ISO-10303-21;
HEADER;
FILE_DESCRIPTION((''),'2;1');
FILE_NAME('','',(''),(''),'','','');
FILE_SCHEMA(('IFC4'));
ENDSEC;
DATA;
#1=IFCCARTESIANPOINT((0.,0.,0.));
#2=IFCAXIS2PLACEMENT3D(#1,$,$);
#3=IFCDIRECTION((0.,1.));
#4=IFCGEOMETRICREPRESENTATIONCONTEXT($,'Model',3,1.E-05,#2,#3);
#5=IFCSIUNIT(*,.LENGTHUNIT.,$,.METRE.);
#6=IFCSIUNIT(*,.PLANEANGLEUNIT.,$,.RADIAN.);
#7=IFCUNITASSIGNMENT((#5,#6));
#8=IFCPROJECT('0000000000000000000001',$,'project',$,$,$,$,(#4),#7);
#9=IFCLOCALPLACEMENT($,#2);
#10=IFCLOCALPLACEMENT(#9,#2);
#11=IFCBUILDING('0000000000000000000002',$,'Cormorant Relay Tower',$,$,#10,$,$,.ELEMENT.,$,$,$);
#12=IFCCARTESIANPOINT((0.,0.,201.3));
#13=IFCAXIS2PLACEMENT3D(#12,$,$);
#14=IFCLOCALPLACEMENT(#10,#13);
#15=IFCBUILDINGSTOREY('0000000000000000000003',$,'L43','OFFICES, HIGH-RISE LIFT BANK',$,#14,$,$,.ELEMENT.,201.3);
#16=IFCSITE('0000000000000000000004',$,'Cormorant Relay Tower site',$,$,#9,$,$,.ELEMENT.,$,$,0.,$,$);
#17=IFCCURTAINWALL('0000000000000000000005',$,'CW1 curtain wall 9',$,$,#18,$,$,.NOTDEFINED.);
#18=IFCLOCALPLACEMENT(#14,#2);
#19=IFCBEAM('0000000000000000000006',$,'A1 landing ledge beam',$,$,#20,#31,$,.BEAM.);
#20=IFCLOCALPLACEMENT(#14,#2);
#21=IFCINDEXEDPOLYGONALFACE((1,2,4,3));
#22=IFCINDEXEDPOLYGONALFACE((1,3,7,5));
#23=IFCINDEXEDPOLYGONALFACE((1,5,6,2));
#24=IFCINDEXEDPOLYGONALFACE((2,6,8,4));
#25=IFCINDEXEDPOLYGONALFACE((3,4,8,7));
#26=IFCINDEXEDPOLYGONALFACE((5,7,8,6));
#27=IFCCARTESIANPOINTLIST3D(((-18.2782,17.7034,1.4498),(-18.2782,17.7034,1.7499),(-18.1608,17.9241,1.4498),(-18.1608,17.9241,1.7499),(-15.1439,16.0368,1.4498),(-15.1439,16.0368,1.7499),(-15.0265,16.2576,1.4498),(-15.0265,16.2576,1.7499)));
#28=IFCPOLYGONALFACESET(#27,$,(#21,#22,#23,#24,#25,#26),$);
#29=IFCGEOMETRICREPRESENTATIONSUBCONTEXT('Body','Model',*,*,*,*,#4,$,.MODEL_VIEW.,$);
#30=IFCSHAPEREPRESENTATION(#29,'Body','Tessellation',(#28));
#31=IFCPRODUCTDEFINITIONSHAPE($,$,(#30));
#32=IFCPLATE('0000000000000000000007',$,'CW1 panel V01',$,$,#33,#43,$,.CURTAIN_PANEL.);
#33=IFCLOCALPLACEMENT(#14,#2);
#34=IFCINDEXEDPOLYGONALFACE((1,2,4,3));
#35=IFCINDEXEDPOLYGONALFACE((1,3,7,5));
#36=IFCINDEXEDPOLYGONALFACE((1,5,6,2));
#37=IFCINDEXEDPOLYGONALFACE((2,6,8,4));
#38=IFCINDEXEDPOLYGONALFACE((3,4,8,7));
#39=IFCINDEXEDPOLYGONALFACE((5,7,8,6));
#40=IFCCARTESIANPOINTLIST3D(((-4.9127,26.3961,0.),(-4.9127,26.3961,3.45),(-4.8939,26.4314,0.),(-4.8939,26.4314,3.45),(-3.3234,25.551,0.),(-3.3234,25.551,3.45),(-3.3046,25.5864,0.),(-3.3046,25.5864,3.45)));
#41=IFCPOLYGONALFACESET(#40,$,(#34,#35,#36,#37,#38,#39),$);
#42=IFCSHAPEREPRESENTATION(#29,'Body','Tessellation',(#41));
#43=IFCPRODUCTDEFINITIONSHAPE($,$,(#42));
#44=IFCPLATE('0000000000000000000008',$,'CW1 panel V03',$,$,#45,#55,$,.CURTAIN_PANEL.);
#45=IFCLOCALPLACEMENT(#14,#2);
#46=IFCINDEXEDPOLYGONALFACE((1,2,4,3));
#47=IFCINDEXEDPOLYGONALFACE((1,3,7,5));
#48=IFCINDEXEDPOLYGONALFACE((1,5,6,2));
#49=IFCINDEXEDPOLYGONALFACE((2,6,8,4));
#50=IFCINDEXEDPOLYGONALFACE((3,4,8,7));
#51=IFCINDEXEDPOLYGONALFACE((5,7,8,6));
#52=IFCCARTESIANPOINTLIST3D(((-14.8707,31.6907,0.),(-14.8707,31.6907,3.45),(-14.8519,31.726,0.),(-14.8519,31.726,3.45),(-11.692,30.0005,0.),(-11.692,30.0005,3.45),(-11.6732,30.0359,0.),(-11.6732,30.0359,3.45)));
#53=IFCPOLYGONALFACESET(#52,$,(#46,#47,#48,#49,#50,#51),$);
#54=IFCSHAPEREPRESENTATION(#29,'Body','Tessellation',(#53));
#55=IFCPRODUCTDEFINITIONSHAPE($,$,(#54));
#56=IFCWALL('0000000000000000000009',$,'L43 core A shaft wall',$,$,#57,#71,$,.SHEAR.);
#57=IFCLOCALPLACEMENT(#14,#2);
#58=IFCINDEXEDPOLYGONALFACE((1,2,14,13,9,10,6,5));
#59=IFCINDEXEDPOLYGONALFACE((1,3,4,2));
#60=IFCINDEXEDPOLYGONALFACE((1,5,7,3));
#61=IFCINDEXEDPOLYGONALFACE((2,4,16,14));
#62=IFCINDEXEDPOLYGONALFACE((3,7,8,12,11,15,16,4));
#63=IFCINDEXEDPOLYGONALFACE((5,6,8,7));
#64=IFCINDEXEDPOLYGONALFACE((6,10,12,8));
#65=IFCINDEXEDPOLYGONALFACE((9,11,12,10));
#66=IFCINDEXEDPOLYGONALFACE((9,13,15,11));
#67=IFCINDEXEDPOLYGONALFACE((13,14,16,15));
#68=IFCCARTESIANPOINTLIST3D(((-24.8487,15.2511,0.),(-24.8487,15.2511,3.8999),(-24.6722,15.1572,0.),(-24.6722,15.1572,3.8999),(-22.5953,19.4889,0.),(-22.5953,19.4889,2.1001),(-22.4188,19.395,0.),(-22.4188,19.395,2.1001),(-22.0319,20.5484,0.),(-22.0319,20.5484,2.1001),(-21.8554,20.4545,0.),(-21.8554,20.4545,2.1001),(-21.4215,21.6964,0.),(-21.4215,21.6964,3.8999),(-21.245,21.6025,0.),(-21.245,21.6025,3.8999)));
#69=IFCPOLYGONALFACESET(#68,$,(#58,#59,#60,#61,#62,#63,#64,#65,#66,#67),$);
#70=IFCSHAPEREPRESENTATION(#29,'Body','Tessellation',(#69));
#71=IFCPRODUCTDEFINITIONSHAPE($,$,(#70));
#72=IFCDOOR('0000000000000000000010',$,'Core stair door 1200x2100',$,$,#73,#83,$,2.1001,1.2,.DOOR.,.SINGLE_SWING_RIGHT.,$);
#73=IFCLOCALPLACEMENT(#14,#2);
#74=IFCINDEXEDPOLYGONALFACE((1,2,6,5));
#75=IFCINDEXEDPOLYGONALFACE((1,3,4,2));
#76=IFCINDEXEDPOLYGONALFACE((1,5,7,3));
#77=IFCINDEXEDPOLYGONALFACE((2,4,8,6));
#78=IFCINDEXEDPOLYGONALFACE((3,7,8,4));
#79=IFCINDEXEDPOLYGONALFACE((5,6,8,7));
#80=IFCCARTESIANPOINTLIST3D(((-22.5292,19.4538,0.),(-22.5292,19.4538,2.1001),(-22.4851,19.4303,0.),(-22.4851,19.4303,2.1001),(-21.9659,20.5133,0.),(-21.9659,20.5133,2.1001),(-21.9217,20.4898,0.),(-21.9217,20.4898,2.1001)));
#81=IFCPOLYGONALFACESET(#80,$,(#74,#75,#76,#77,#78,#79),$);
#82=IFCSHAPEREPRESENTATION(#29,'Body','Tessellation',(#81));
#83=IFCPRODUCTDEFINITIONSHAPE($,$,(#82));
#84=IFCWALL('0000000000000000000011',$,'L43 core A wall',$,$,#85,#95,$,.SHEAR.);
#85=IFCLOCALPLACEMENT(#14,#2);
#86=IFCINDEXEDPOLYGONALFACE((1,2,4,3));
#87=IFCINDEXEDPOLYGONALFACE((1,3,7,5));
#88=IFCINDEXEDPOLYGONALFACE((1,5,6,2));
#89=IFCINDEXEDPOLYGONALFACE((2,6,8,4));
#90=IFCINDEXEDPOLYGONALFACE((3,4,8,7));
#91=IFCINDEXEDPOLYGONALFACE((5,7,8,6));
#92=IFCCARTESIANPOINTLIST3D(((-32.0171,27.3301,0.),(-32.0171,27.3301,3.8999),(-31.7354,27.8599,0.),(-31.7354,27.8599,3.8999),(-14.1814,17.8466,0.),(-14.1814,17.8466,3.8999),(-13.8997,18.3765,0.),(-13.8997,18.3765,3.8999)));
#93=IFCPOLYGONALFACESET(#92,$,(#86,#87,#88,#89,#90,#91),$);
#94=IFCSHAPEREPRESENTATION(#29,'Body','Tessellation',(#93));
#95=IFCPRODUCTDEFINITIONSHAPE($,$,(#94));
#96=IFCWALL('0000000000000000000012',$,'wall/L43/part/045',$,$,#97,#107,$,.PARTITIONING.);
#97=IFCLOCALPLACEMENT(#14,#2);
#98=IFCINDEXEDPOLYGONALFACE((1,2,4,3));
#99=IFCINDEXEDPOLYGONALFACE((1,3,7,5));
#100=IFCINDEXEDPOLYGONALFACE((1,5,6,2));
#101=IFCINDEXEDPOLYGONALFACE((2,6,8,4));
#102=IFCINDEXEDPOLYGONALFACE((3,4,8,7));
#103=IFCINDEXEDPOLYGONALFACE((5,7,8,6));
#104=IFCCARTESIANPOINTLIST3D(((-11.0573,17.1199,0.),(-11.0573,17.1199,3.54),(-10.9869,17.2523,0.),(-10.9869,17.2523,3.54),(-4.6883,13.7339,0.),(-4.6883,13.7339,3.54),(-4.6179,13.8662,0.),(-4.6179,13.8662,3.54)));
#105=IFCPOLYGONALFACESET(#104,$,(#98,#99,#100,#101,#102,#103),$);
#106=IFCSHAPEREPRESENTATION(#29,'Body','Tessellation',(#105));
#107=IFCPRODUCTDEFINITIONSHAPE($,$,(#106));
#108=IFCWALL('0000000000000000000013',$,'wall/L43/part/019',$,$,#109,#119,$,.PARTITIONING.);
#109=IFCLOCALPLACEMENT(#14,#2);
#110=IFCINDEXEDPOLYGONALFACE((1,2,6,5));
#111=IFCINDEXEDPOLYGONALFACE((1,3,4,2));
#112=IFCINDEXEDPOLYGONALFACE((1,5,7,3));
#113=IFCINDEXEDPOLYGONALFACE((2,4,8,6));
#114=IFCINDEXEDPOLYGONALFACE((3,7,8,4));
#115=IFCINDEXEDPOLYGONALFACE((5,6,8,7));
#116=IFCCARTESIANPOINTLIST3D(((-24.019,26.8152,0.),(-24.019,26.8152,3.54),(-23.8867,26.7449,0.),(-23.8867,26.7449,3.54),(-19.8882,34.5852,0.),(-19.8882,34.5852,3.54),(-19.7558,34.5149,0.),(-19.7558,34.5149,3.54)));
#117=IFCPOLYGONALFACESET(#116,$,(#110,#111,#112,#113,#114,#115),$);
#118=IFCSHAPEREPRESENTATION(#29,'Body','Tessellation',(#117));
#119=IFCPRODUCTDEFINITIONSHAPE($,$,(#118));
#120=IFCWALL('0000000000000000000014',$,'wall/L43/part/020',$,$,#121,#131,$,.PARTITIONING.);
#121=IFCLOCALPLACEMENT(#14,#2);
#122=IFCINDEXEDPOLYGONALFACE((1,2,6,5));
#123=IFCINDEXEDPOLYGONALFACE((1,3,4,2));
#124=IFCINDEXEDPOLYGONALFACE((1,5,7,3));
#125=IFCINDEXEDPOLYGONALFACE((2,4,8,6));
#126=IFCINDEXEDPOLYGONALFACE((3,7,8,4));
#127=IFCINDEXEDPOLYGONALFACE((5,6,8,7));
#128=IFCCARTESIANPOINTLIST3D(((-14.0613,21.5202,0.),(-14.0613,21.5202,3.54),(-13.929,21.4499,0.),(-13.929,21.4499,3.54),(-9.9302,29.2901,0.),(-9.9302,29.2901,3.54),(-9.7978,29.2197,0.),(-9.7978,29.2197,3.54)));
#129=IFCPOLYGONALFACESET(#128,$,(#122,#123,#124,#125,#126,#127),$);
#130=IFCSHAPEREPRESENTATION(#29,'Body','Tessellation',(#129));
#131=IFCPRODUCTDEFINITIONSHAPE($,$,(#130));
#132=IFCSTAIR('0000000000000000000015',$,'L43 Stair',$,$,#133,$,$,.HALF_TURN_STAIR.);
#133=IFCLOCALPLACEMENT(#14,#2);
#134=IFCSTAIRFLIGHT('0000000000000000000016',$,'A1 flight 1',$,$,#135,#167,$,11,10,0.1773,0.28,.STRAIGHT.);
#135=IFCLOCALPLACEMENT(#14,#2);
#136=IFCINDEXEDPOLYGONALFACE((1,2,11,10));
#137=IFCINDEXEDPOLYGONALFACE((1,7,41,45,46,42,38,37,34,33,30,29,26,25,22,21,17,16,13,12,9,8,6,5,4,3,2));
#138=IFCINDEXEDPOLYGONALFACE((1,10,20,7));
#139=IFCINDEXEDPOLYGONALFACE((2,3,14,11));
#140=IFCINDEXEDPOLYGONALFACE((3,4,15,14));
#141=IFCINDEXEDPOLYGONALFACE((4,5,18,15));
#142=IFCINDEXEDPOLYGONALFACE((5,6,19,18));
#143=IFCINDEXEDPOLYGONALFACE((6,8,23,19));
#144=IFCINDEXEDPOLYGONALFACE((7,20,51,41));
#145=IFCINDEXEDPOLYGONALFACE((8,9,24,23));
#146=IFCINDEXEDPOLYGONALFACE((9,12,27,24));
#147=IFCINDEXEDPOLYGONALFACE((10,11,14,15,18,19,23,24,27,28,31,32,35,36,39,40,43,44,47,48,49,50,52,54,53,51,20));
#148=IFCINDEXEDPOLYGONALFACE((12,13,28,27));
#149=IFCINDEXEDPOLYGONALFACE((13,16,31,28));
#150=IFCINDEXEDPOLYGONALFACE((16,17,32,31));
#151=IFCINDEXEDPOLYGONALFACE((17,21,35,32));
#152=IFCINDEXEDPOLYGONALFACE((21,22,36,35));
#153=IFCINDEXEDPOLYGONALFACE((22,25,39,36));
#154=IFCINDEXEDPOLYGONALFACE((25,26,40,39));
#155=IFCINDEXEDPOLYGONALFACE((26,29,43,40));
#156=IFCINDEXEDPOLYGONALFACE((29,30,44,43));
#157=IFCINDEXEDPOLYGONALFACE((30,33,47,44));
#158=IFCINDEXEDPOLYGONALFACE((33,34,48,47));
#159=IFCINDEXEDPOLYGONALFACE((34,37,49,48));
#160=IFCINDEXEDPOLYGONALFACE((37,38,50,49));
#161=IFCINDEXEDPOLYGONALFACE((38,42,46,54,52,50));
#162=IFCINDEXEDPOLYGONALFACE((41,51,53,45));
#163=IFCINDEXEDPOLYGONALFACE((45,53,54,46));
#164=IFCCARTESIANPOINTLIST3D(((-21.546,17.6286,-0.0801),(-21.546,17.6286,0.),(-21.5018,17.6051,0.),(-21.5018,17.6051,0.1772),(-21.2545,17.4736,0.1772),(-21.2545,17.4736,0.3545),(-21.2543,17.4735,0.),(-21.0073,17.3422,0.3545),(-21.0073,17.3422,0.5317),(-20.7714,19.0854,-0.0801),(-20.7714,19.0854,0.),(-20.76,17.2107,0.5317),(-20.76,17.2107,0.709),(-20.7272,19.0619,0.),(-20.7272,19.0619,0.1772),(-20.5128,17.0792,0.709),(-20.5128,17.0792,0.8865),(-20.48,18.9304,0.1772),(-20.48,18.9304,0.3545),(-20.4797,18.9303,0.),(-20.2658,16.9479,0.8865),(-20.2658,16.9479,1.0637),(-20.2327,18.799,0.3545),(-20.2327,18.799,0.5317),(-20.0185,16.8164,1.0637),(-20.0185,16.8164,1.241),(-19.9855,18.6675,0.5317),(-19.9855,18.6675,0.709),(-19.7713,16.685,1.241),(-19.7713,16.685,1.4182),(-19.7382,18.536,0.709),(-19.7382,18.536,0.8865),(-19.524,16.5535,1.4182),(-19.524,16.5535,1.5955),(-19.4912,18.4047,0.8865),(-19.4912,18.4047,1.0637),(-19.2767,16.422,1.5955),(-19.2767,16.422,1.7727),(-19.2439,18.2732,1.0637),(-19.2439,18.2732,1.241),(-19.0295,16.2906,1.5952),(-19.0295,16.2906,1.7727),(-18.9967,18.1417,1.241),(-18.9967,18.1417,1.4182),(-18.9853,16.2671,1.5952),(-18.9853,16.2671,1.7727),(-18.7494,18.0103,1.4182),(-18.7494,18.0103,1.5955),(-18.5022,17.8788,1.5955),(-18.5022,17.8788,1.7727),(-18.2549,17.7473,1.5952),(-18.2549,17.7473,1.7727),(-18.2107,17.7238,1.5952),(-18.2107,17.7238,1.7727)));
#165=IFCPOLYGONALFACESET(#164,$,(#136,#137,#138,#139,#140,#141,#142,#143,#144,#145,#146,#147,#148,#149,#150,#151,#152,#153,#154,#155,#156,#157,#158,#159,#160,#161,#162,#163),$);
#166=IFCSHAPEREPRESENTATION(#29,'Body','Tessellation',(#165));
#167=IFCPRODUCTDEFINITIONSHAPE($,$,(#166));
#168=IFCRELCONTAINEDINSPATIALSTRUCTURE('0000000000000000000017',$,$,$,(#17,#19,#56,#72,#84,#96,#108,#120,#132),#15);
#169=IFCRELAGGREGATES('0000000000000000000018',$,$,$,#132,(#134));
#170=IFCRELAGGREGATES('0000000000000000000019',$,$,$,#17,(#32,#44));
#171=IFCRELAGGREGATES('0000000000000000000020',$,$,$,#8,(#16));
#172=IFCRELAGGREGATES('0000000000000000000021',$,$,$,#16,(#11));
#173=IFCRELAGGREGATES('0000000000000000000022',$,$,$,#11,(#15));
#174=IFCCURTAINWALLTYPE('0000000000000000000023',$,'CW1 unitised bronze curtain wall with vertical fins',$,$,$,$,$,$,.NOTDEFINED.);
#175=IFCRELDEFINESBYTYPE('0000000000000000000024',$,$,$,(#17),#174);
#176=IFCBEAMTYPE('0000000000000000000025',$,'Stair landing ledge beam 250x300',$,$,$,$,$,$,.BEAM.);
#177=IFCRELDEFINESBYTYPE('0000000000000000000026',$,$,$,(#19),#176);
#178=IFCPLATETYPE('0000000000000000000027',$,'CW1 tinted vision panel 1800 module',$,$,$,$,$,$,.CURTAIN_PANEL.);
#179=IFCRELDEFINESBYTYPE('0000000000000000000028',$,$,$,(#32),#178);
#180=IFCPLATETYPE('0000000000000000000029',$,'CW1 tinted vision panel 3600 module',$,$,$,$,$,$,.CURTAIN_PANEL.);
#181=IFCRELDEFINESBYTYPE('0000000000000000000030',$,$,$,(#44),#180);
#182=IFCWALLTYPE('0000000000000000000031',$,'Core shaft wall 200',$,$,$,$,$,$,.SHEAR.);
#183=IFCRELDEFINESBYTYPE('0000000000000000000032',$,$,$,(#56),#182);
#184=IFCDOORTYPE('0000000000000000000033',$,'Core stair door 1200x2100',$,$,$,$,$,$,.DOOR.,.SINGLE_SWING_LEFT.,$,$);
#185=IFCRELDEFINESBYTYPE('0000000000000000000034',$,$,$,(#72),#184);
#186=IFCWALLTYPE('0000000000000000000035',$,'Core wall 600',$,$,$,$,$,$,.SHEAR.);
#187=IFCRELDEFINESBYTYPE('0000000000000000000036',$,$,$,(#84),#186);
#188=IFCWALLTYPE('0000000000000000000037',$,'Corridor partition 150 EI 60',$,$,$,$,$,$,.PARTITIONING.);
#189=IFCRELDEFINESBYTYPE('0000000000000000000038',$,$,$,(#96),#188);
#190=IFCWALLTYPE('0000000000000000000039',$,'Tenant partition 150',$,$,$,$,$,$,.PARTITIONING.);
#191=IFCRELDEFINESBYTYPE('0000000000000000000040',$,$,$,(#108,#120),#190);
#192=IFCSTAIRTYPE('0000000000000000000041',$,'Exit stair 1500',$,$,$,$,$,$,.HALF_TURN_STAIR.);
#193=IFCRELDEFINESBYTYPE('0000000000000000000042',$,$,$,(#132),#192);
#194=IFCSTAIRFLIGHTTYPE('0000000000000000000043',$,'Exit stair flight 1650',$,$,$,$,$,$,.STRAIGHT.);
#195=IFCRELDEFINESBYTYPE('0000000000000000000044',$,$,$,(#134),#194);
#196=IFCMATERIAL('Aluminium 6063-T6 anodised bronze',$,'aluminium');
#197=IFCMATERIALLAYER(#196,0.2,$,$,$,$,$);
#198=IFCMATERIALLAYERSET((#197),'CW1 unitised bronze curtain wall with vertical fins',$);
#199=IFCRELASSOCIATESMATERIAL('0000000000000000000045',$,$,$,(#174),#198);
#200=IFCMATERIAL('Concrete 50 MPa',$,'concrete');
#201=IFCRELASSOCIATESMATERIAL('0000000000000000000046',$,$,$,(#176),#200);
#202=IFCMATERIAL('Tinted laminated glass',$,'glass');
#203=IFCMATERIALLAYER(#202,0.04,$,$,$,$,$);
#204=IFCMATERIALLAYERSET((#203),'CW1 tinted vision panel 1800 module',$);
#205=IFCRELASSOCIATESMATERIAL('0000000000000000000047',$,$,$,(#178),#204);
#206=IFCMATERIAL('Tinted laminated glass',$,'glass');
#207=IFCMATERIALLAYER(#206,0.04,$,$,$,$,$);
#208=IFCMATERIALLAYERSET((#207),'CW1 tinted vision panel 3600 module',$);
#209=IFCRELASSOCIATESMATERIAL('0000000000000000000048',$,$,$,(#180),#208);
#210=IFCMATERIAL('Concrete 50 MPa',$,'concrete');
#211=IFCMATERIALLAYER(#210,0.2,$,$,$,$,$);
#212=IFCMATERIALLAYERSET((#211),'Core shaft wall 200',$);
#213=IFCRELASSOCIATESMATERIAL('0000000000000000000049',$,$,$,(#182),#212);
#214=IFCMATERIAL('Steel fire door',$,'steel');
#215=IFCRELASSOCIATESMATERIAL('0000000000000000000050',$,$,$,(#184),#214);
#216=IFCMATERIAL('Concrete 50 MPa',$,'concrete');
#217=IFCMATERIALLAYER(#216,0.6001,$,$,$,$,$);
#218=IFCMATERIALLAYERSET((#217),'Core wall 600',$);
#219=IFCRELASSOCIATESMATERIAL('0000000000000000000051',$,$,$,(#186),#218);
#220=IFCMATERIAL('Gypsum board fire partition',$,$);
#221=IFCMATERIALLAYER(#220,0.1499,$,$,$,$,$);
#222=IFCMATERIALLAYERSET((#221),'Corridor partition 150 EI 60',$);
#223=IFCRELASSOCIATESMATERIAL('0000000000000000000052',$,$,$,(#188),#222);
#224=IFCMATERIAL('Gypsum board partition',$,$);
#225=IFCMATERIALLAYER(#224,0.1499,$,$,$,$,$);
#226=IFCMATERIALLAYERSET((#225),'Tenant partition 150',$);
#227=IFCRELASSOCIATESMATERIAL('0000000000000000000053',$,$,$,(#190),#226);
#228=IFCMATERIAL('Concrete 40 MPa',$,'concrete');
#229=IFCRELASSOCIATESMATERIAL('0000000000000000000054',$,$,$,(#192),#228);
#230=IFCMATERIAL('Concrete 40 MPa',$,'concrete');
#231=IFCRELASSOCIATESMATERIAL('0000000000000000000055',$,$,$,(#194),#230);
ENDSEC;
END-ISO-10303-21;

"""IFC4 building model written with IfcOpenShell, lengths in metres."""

from ifc_helpers import new_model, si_unit, direction, frame, frame_2d, origin, origin_2d, place, context, subcontext, project, spatial, polyline, rectangle, outline, extrude, material, layer, layer_set, material_profile, profile_set, type_object, element, fill, aggregate, save


model = new_model("IFC4")

# Units and contexts
model_context = context("Model", 3, precision=1e-05, world=origin(), true_north=direction((0.0, 1.0)))
body_context = subcontext(model_context, "Body", "Model", "MODEL_VIEW")
ifc_project = project(units=[si_unit("LENGTHUNIT", "METRE"), si_unit("PLANEANGLEUNIT", "RADIAN")], contexts=[model_context])

# Site, building, storey
site_placement = place(None, origin())
site = spatial("IfcSite", under=ifc_project, at=site_placement, Name="Cormorant Relay Tower site", CompositionType="ELEMENT", RefElevation=0.0)
building_placement = place(site_placement, origin())
building = spatial("IfcBuilding", under=site, at=building_placement, Name="Cormorant Relay Tower", CompositionType="ELEMENT")
storey_placement = place(building_placement, frame((0.0, 0.0, 201.3)))
storey = spatial("IfcBuildingStorey", under=building, at=storey_placement, Name="L43", Description="OFFICES, HIGH-RISE LIFT BANK", CompositionType="ELEMENT", Elevation=201.3)

# Curtain wall
ifc_material_1 = material(Name="Aluminium 6063-T6 anodised bronze", Category="aluminium")
ifc_layer_1 = layer(ifc_material_1, 0.2)
ifc_layer_set_1 = layer_set([ifc_layer_1], Name="CW1 unitised bronze curtain wall with vertical fins")
curtain_wall_type = type_object("IfcCurtainWallType", Name="CW1 unitised bronze curtain wall with vertical fins", PredefinedType="NOTDEFINED", material=ifc_layer_set_1)
curtain_wall_placement = place(storey_placement, origin())
curtain_wall = element("IfcCurtainWall", 1, at=curtain_wall_placement, inside=storey, type_object=curtain_wall_type, Name="CW1 curtain wall 9", PredefinedType="NOTDEFINED")

# Beam
ifc_material_2 = material(Name="Concrete 50 MPa", Category="concrete")
ifc_material_profile_1 = material_profile(ifc_material_2, rectangle(XDim=0.25, YDim=0.3, at=origin_2d()), Name="RC 250x300")
ifc_profile_set_1 = profile_set([ifc_material_profile_1], Name="Concrete 50 MPa")
beam_type_1 = type_object("IfcBeamType", Name="Stair landing ledge beam 250x300", PredefinedType="BEAM", material=ifc_profile_set_1)
beam_1_placement = place(storey_placement, frame((-18.2195, 17.8137, 1.5999), z_axis=(0.88295, -0.469467, 0.0), x_axis=(0.469467, 0.88295, 0.0)))
element("IfcBeam", 2, at=beam_1_placement, inside=storey, type_object=beam_type_1, Name="A1 landing ledge beam", PredefinedType="BEAM", context=body_context, shape_type="SweptSolid", body=[
    extrude(rectangle(XDim=0.25, YDim=0.3, at=origin_2d()), origin(), (0.0, 0.0, 1.0), 3.5498),
])

# Plates
ifc_material_3 = material(Name="Tinted laminated glass", Category="glass")
ifc_layer_2 = layer(ifc_material_3, 0.04)
ifc_layer_set_2 = layer_set([ifc_layer_2], Name="CW1 tinted vision panel 1800 module")
plate_type_1 = type_object("IfcPlateType", Name="CW1 tinted vision panel 1800 module", PredefinedType="CURTAIN_PANEL", material=ifc_layer_set_2)
plate_1_placement = place(storey_placement, frame((-4.1086, 25.9912, 0.0), z_axis=(0.0, 0.0, 1.0), x_axis=(-0.882948, 0.469472, 0.0)))
plate_1 = element("IfcPlate", 3, at=plate_1_placement, type_object=plate_type_1, Name="CW1 panel V01", PredefinedType="CURTAIN_PANEL", context=body_context, shape_type="SweptSolid", body=[
    extrude(rectangle(XDim=1.8, YDim=0.04, at=origin_2d()), origin(), (0.0, 0.0, 1.0), 3.45),
])
ifc_material_4 = material(Name="Tinted laminated glass", Category="glass")
ifc_layer_3 = layer(ifc_material_4, 0.04)
ifc_layer_set_3 = layer_set([ifc_layer_3], Name="CW1 tinted vision panel 3600 module")
plate_type_2 = type_object("IfcPlateType", Name="CW1 tinted vision panel 3600 module", PredefinedType="CURTAIN_PANEL", material=ifc_layer_set_3)
plate_2_placement = place(storey_placement, frame((-13.272, 30.8633, 0.0), z_axis=(0.0, 0.0, 1.0), x_axis=(-0.882948, 0.469472, 0.0)))
plate_2 = element("IfcPlate", 4, at=plate_2_placement, type_object=plate_type_2, Name="CW1 panel V03", PredefinedType="CURTAIN_PANEL", context=body_context, shape_type="SweptSolid", body=[
    extrude(rectangle(XDim=3.6001, YDim=0.04, at=origin_2d()), origin(), (0.0, 0.0, 1.0), 3.45),
])

# Wall, opening, door
ifc_material_5 = material(Name="Concrete 50 MPa", Category="concrete")
ifc_layer_4 = layer(ifc_material_5, 0.2)
ifc_layer_set_4 = layer_set([ifc_layer_4], Name="Core shaft wall 200")
wall_type_1 = type_object("IfcWallType", Name="Core shaft wall 200", PredefinedType="SHEAR", material=ifc_layer_set_4)
wall_1_placement = place(storey_placement, frame((-21.3333, 21.6494, 0.0), z_axis=(0.0, 0.0, 1.0), x_axis=(-0.469494, -0.882936, 0.0)))
wall_1 = element("IfcWall", 5, at=wall_1_placement, inside=storey, type_object=wall_type_1, Name="L43 core A shaft wall", PredefinedType="SHEAR", context=body_context, shape_type="SweptSolid", body=[
    extrude(rectangle(XDim=7.2998, YDim=0.2, at=frame_2d((3.6499, 0.0))), origin(), (0.0, 0.0, 1.0), 3.8999),
])
opening_1_placement = place(wall_1_placement, frame((1.3, 0.0, 0.0)))
opening_1 = element("IfcOpeningElement", 6, at=opening_1_placement, cuts=wall_1, PredefinedType="OPENING", context=body_context, shape_type="SweptSolid", body=[
    extrude(rectangle(XDim=1.2, YDim=2.1001, at=frame_2d((0.6001, 1.05))), frame((0.0, 0.1099, 0.0), z_axis=(0.0, -1.0, 0.0), x_axis=(1.0, 0.0, 0.0)), (0.0, 0.0, 1.0), 0.22),
])
ifc_material_6 = material(Name="Steel fire door", Category="steel")
door_type_1 = type_object("IfcDoorType", Name="Core stair door 1200x2100", OperationType="SINGLE_SWING_LEFT", PredefinedType="DOOR", material=ifc_material_6)
door_1_placement = place(opening_1_placement, origin())
door_1 = element("IfcDoor", 7, at=door_1_placement, inside=storey, type_object=door_type_1, Name="Core stair door 1200x2100", OperationType="SINGLE_SWING_RIGHT", OverallHeight=2.1001, OverallWidth=1.2, PredefinedType="DOOR", context=body_context, shape_type="SweptSolid", body=[
    extrude(rectangle(XDim=1.2, YDim=2.1001, at=frame_2d((0.6001, 1.05))), frame((0.0, 0.0249, 0.0), z_axis=(0.0, -1.0, 0.0), x_axis=(1.0, 0.0, 0.0)), (0.0, 0.0, 1.0), 0.05),
])
fill(opening_1, door_1)
ifc_material_7 = material(Name="Concrete 50 MPa", Category="concrete")
ifc_layer_5 = layer(ifc_material_7, 0.6001)
ifc_layer_set_5 = layer_set([ifc_layer_5], Name="Core wall 600")
wall_type_2 = type_object("IfcWallType", Name="Core wall 600", PredefinedType="SHEAR", material=ifc_layer_set_5)

# Walls
wall_2_placement = place(storey_placement, frame((-14.0405, 18.1116, 0.0), z_axis=(0.0, 0.0, 1.0), x_axis=(-0.882948, 0.469471, 0.0)))
element("IfcWall", 8, at=wall_2_placement, inside=storey, type_object=wall_type_2, Name="L43 core A wall", PredefinedType="SHEAR", context=body_context, shape_type="SweptSolid", body=[
    extrude(rectangle(XDim=20.2002, YDim=0.6001, at=frame_2d((10.1001, 0.0))), origin(), (0.0, 0.0, 1.0), 3.8999),
])
ifc_material_8 = material(Name="Gypsum board fire partition")
ifc_layer_6 = layer(ifc_material_8, 0.1499)
ifc_layer_set_6 = layer_set([ifc_layer_6], Name="Corridor partition 150 EI 60")
wall_type_3 = type_object("IfcWallType", Name="Corridor partition 150 EI 60", PredefinedType="PARTITIONING", material=ifc_layer_set_6)
wall_3_placement = place(storey_placement, frame((-11.022, 17.186, 0.0), z_axis=(0.0, 0.0, 1.0), x_axis=(0.882971, -0.469427, 0.0)))
element("IfcWall", 9, at=wall_3_placement, inside=storey, type_object=wall_type_3, Name="wall/L43/part/045", PredefinedType="PARTITIONING", context=body_context, shape_type="SweptSolid", body=[
    extrude(rectangle(XDim=7.2131, YDim=0.1499, at=frame_2d((3.6064, 0.0))), origin(), (0.0, 0.0, 1.0), 3.54),
])
ifc_material_9 = material(Name="Gypsum board partition")
ifc_layer_7 = layer(ifc_material_9, 0.1499)
ifc_layer_set_7 = layer_set([ifc_layer_7], Name="Tenant partition 150")
wall_type_4 = type_object("IfcWallType", Name="Tenant partition 150", PredefinedType="PARTITIONING", material=ifc_layer_set_7)
for number, where, z_axis, x_axis, name in (
    (10, (-19.822, 34.55, 0.0), (0.0, 0.0, 1.0), (-0.469424, -0.882973, 0.0), "wall/L43/part/019"),
    (11, (-9.864, 29.2549, 0.0), (0.0, 0.0, 1.0), (-0.469457, -0.882955, 0.0), "wall/L43/part/020"),
):
    element("IfcWall", number, at=place(storey_placement, frame(where, z_axis=z_axis, x_axis=x_axis)), inside=storey, type_object=wall_type_4, Name=name, PredefinedType="PARTITIONING", context=body_context, shape_type="SweptSolid", body=[
        extrude(rectangle(XDim=8.7998, YDim=0.1499, at=frame_2d((4.3999, 0.0))), origin(), (0.0, 0.0, 1.0), 3.54),
    ])

# Stair, stair flight
ifc_material_10 = material(Name="Concrete 40 MPa", Category="concrete")
stair_type = type_object("IfcStairType", Name="Exit stair 1500", PredefinedType="HALF_TURN_STAIR", material=ifc_material_10)
stair_placement = place(storey_placement, origin())
stair = element("IfcStair", 12, at=stair_placement, inside=storey, type_object=stair_type, Name="L43 Stair", PredefinedType="HALF_TURN_STAIR")
ifc_material_11 = material(Name="Concrete 40 MPa", Category="concrete")
stair_flight_type = type_object("IfcStairFlightType", Name="Exit stair flight 1650", PredefinedType="STRAIGHT", material=ifc_material_11)
stair_flight_1_placement = place(storey_placement, frame((-21.1145, 18.3335, 0.0), z_axis=(0.0, 0.0, 1.0), x_axis=(0.882948, -0.469472, 0.0)))
stair_flight_1 = element("IfcStairFlight", 13, at=stair_flight_1_placement, type_object=stair_flight_type, Name="A1 flight 1", NumberOfRisers=11, NumberOfTreads=10, PredefinedType="STRAIGHT", RiserHeight=0.1773, TreadLength=0.28, context=body_context, shape_type="SweptSolid", body=[
    extrude(outline(polyline([(-0.05, -0.0801), (-0.05, 0.0), (0.0, 0.0), (0.0, 0.1772), (0.28, 0.1772), (0.28, 0.3545), (0.5601, 0.3545), (0.5601, 0.5317), (0.8401, 0.5317), (0.8401, 0.709), (1.1201, 0.709), (1.1201, 0.8865), (1.3999, 0.8865), (1.3999, 1.0637), (1.6799, 1.0637), (1.6799, 1.241), (1.96, 1.241), (1.96, 1.4182), (2.24, 1.4182), (2.24, 1.5955), (2.52, 1.5955), (2.52, 1.7727), (2.8, 1.7727), (2.8501, 1.7727), (2.8501, 1.5952), (2.8, 1.5952), (0.2803, 0.0), (-0.05, -0.0801)])), frame((0.0, 0.825, 0.0), z_axis=(0.0, -1.0, 0.0), x_axis=(1.0, 0.0, 0.0)), (0.0, 0.0, 1.0), 1.6499),
])
aggregate(stair, [stair_flight_1])

aggregate(curtain_wall, [plate_1, plate_2])

save(model, "model.ifc")
